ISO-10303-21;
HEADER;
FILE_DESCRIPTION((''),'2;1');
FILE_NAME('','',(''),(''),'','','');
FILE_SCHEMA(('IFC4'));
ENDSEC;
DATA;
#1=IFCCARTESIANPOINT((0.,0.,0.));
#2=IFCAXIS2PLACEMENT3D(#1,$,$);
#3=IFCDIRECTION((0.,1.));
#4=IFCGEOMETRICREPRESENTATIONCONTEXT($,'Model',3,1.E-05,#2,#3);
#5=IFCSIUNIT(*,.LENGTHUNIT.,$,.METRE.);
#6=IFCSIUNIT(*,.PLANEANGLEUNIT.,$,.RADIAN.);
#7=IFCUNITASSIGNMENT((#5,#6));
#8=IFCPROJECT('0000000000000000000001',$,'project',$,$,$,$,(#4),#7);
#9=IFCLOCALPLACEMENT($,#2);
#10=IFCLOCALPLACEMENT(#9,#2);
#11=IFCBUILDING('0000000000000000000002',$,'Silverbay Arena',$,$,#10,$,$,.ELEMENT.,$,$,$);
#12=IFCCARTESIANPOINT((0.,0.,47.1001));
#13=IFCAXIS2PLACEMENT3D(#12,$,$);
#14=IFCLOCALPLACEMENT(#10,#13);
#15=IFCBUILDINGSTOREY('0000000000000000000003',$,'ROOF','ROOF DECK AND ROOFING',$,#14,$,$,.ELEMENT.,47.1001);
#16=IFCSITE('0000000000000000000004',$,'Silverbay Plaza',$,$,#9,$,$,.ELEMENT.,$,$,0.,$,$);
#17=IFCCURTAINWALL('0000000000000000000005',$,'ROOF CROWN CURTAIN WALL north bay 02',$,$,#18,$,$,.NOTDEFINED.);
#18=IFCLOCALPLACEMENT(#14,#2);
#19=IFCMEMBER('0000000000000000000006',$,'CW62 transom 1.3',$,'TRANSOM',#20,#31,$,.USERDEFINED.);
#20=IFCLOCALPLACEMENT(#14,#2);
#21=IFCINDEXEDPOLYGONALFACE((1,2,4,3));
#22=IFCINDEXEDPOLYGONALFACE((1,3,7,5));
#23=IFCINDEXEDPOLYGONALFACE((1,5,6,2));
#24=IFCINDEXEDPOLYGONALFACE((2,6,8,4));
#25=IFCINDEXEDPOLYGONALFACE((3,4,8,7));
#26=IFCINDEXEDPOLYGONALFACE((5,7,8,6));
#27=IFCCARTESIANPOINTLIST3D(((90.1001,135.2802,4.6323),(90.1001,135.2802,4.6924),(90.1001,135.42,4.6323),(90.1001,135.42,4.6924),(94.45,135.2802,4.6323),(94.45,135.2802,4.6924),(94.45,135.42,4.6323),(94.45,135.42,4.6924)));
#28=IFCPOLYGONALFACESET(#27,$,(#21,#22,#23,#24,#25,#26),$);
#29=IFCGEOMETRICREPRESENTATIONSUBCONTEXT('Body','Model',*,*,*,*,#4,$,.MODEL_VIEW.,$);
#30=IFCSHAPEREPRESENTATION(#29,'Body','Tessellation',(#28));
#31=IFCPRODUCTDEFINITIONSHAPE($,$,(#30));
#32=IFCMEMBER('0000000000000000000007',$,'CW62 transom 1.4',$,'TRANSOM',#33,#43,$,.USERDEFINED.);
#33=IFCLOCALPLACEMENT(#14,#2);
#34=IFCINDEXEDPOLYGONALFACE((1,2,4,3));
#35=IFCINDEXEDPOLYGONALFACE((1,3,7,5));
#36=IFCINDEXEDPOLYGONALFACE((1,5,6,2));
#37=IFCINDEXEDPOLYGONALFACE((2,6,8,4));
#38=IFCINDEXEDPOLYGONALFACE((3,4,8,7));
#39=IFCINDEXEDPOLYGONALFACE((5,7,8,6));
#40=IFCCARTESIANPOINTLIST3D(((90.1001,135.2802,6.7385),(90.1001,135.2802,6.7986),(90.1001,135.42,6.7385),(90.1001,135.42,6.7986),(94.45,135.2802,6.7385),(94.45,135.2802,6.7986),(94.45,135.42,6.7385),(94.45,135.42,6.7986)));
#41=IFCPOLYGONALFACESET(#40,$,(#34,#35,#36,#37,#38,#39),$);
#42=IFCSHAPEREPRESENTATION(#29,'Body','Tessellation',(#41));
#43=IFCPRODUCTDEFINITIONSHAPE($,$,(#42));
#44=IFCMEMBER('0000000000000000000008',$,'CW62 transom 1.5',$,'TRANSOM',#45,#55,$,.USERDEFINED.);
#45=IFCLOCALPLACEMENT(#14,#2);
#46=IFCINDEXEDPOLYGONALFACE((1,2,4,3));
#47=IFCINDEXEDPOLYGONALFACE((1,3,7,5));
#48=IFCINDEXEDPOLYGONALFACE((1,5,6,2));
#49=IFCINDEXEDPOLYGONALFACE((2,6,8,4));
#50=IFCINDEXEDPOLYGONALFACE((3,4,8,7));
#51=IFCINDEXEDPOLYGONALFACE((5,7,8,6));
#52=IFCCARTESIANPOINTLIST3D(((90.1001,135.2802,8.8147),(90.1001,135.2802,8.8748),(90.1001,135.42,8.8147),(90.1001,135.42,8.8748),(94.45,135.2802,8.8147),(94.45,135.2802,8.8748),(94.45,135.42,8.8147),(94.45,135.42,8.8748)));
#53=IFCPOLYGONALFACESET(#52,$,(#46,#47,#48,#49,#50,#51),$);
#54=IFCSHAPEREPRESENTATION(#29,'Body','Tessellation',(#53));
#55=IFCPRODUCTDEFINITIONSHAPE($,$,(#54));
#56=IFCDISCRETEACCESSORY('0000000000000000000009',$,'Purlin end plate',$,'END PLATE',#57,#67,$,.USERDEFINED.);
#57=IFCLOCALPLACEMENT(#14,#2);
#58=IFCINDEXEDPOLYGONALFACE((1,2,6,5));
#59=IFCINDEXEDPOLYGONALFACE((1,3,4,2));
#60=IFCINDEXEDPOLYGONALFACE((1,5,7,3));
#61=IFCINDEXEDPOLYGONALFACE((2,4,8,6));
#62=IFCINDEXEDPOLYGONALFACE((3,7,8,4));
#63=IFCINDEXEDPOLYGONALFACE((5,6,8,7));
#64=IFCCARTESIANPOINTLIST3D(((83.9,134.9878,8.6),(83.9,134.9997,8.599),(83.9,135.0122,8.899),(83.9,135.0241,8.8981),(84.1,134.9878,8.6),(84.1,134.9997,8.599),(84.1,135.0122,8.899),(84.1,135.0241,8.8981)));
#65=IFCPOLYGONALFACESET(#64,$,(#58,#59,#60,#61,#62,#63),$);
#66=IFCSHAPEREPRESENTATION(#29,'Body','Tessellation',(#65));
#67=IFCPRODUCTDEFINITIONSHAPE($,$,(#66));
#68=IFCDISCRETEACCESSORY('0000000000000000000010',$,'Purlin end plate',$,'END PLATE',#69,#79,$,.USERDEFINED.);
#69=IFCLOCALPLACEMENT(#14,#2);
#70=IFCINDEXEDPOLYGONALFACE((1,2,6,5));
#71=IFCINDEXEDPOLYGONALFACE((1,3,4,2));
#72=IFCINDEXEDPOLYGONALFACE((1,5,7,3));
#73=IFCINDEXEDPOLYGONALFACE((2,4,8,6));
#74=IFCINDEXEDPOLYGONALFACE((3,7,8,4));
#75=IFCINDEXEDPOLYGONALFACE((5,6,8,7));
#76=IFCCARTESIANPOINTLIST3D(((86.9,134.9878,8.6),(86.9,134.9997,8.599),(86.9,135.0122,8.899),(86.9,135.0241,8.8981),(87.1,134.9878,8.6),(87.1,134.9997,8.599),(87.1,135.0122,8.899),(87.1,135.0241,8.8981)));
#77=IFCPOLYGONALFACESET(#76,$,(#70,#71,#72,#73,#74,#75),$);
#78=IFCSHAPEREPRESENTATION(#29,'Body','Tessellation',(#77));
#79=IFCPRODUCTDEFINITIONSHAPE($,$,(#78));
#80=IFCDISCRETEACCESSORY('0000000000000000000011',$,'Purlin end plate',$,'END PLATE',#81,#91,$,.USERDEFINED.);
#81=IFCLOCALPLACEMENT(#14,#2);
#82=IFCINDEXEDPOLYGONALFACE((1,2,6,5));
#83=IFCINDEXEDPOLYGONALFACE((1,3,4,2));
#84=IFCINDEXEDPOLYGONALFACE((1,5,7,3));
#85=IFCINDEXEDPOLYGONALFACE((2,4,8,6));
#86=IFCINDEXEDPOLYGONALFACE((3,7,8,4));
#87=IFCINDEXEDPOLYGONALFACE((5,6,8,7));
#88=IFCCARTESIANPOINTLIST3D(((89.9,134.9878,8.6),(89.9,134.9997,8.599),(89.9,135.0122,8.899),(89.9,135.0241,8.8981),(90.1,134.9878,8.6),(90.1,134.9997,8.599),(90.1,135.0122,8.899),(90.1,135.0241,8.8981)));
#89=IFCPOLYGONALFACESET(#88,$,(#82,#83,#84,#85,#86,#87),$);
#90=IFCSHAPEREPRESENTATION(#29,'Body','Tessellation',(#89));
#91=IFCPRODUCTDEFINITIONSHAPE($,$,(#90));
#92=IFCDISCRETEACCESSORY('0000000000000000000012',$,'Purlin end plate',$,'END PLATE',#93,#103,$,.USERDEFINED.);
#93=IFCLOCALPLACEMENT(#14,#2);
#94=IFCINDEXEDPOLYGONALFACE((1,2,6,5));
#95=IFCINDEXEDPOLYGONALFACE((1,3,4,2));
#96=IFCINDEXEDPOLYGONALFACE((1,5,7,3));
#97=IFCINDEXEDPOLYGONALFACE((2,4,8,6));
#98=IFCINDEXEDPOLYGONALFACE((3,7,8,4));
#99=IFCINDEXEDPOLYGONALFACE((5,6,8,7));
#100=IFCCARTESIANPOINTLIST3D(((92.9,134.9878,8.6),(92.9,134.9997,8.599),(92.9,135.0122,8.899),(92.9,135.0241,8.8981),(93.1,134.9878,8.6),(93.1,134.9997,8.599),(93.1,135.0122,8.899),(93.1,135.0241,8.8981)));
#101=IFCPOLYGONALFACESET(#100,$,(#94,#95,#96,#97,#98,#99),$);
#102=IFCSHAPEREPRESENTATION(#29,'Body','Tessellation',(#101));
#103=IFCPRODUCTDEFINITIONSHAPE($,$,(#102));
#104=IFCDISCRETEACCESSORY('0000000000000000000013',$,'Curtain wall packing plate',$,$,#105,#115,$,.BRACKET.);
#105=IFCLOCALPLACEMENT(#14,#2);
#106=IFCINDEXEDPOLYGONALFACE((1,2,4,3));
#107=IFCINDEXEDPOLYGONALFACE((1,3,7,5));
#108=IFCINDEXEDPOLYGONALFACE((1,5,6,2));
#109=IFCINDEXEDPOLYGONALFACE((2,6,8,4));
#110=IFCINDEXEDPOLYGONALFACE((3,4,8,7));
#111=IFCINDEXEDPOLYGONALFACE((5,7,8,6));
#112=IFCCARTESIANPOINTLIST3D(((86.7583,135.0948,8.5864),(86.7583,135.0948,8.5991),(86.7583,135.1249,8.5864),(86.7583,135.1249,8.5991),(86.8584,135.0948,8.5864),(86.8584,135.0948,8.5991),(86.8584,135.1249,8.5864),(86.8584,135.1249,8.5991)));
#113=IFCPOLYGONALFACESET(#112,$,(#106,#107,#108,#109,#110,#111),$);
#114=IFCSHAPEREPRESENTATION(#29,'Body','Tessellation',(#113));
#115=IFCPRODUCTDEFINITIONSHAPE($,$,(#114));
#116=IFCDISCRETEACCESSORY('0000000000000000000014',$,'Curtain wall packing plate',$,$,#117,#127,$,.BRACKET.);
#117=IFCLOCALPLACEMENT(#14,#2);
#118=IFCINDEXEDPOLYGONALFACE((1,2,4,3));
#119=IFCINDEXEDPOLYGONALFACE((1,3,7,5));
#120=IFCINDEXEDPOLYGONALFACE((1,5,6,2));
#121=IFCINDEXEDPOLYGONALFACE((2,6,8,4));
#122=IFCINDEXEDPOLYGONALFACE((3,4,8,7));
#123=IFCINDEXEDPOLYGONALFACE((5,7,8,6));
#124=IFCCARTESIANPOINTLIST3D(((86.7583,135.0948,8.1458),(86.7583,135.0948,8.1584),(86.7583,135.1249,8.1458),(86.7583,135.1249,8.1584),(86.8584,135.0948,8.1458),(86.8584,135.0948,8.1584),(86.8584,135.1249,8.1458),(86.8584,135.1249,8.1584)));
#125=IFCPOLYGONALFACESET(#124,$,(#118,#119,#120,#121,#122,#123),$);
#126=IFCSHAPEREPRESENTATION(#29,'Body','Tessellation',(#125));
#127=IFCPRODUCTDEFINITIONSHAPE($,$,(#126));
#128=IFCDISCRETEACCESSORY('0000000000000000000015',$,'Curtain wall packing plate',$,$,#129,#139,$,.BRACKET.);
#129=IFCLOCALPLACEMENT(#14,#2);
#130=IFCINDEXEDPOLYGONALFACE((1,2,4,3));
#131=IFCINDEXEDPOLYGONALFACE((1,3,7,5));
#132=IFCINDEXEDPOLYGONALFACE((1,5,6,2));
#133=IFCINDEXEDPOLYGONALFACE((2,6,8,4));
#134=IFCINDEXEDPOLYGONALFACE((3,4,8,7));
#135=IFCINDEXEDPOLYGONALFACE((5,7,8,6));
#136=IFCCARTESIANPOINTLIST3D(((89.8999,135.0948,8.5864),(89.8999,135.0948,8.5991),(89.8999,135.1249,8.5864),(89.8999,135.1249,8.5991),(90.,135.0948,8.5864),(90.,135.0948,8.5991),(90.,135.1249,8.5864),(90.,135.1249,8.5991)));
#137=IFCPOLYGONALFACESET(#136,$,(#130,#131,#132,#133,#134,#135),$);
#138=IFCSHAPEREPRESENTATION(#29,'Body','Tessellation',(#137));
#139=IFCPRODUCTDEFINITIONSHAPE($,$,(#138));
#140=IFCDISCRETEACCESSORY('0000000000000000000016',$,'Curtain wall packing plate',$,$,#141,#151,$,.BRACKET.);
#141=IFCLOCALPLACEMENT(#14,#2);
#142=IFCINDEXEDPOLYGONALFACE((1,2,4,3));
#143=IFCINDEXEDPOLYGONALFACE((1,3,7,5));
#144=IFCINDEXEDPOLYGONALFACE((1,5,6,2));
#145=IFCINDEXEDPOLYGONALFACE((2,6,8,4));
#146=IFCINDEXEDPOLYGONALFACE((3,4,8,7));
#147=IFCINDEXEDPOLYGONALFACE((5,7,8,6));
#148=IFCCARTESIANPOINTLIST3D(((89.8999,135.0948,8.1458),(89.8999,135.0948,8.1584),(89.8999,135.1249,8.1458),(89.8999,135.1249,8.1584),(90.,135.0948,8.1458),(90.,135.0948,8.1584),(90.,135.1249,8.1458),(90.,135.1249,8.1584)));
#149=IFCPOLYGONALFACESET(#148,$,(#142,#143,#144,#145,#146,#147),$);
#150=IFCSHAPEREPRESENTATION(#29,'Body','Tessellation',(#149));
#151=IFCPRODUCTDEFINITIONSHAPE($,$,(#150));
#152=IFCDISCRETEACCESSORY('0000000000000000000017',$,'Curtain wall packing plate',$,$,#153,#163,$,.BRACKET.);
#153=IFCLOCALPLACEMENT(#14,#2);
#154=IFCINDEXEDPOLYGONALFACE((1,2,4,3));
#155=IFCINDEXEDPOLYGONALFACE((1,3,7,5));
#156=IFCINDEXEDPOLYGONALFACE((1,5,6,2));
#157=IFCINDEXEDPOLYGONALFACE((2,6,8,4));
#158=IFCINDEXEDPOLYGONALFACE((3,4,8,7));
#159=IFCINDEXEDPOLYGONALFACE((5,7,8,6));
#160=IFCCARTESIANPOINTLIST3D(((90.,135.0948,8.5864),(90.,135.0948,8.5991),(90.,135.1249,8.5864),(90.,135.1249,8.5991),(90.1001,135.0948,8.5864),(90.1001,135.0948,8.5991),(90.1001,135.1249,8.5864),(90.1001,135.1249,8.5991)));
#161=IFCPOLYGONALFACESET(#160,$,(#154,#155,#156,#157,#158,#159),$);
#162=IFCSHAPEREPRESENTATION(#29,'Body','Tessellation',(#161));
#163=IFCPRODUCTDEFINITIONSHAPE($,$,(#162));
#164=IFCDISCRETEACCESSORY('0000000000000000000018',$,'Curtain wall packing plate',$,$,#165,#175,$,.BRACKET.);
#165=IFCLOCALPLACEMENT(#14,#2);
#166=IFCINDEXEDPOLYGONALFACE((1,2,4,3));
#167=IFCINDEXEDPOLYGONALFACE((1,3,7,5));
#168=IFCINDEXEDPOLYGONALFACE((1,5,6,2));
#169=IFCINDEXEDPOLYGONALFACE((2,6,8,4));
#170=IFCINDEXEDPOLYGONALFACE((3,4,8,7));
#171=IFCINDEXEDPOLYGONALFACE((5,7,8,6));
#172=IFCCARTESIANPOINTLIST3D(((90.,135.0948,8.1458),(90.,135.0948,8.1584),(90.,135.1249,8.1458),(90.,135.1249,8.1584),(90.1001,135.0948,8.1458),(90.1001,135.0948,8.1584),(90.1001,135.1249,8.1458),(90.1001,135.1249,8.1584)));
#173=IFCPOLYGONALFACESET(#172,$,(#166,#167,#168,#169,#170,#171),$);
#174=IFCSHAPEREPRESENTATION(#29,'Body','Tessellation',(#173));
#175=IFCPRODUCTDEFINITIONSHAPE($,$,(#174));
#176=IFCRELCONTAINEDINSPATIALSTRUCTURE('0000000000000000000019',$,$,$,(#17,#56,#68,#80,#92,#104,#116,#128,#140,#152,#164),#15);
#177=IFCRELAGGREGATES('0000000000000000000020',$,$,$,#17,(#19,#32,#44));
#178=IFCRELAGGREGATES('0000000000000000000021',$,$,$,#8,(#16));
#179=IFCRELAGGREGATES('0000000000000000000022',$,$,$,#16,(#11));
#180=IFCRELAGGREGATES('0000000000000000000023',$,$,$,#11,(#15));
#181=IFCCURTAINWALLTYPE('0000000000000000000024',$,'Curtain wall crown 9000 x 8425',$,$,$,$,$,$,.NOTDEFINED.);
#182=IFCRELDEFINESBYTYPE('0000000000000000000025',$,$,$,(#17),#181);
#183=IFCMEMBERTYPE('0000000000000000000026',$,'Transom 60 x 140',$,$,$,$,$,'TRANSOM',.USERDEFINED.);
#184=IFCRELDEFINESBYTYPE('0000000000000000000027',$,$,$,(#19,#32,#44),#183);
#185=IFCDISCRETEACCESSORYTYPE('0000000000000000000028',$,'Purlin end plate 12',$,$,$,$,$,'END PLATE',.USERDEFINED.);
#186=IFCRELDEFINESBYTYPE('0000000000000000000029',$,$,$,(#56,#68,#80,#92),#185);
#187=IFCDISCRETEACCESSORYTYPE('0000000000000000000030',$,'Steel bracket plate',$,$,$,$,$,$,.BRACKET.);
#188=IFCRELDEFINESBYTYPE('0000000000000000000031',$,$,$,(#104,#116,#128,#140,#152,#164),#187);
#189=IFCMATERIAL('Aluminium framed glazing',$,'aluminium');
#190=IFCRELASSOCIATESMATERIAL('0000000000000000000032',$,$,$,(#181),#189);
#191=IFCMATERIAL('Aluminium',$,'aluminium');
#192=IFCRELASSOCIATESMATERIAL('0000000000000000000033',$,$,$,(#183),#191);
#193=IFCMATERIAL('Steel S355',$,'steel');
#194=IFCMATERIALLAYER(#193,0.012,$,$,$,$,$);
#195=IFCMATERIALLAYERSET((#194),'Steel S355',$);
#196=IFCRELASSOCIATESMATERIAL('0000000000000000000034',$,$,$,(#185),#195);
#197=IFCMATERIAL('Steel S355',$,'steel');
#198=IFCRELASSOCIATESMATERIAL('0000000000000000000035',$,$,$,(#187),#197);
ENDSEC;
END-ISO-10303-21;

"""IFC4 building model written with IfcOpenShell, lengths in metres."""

from ifc_helpers import new_model, si_unit, direction, frame, origin, origin_2d, place, context, subcontext, project, spatial, rectangle, extrude, material, layer, layer_set, material_profile, profile_set, type_object, element, aggregate, save


model = new_model("IFC4")

# Units and contexts
model_context = context("Model", 3, precision=1e-05, world=origin(), true_north=direction((0.0, 1.0)))
body_context = subcontext(model_context, "Body", "Model", "MODEL_VIEW")
ifc_project = project(units=[si_unit("LENGTHUNIT", "METRE"), si_unit("PLANEANGLEUNIT", "RADIAN")], contexts=[model_context])

# Site, building, storey
site_placement = place(None, origin())
site = spatial("IfcSite", under=ifc_project, at=site_placement, Name="Silverbay Plaza", CompositionType="ELEMENT", RefElevation=0.0)
building_placement = place(site_placement, origin())
building = spatial("IfcBuilding", under=site, at=building_placement, Name="Silverbay Arena", CompositionType="ELEMENT")
storey_placement = place(building_placement, frame((0.0, 0.0, 47.1001)))
storey = spatial("IfcBuildingStorey", under=building, at=storey_placement, Name="ROOF", Description="ROOF DECK AND ROOFING", CompositionType="ELEMENT", Elevation=47.1001)

# Shared definitions
placement = place(building_placement, frame((0.0, 0.0, 33.5)))

# Curtain wall
ifc_material_1 = material(Name="Aluminium framed glazing", Category="aluminium")
curtain_wall_type_1 = type_object("IfcCurtainWallType", Name="Curtain wall crown 9000 x 8425", PredefinedType="NOTDEFINED", material=ifc_material_1)
curtain_wall_1_placement = place(storey_placement, origin())
curtain_wall_1 = element("IfcCurtainWall", 1, at=curtain_wall_1_placement, inside=storey, type_object=curtain_wall_type_1, Name="ROOF CROWN CURTAIN WALL north bay 02", PredefinedType="NOTDEFINED")

# Members
ifc_material_2 = material(Name="Aluminium", Category="aluminium")
ifc_material_profile_1 = material_profile(ifc_material_2, rectangle(XDim=0.1399, YDim=0.0601, at=origin_2d()), Name="Transom 60 x 140")
ifc_profile_set_1 = profile_set([ifc_material_profile_1], Name="Aluminium")
member_type_1 = type_object("IfcMemberType", Name="Transom 60 x 140", ElementType="TRANSOM", PredefinedType="USERDEFINED", material=ifc_profile_set_1)
member_1_placement = place(placement, frame((90.1001, 135.3501, 18.2625), z_axis=(1.0, 0.0, 0.0), x_axis=(0.0, 1.0, 0.0)))
member_1 = element("IfcMember", 2, at=member_1_placement, type_object=member_type_1, Name="CW62 transom 1.3", ObjectType="TRANSOM", PredefinedType="USERDEFINED", context=body_context, shape_type="SweptSolid", body=[
    extrude(rectangle(XDim=0.1399, YDim=0.0601, at=origin_2d()), origin(), (0.0, 0.0, 1.0), 4.3499),
])
member_2_placement = place(placement, frame((90.1001, 135.3501, 20.3687), z_axis=(1.0, 0.0, 0.0), x_axis=(0.0, 1.0, 0.0)))
member_2 = element("IfcMember", 3, at=member_2_placement, type_object=member_type_1, Name="CW62 transom 1.4", ObjectType="TRANSOM", PredefinedType="USERDEFINED", context=body_context, shape_type="SweptSolid", body=[
    extrude(rectangle(XDim=0.1399, YDim=0.0601, at=origin_2d()), origin(), (0.0, 0.0, 1.0), 4.3499),
])
member_3_placement = place(placement, frame((90.1001, 135.3501, 22.4448), z_axis=(1.0, 0.0, 0.0), x_axis=(0.0, 1.0, 0.0)))
member_3 = element("IfcMember", 4, at=member_3_placement, type_object=member_type_1, Name="CW62 transom 1.5", ObjectType="TRANSOM", PredefinedType="USERDEFINED", context=body_context, shape_type="SweptSolid", body=[
    extrude(rectangle(XDim=0.1399, YDim=0.0601, at=origin_2d()), origin(), (0.0, 0.0, 1.0), 4.3499),
])

aggregate(curtain_wall_1, [member_1, member_2, member_3])

# Discrete accessories
ifc_material_3 = material(Name="Steel S355", Category="steel")
ifc_layer_1 = layer(ifc_material_3, 0.012)
ifc_layer_set_1 = layer_set([ifc_layer_1], Name="Steel S355")
discrete_accessory_type_1 = type_object("IfcDiscreteAccessoryType", Name="Purlin end plate 12", ElementType="END PLATE", PredefinedType="USERDEFINED", material=ifc_layer_set_1)
for number, where, z_axis, x_axis, name in (
    (5, (84.0, 135.0, 8.7495), (0.0, 0.996685, -0.081362), (-1.0, 0.0, 0.0), "Purlin end plate"),
    (6, (87.0, 135.0, 8.7495), (0.0, 0.996685, -0.081362), (-1.0, 0.0, 0.0), "Purlin end plate"),
    (7, (90.0, 135.0, 8.7495), (0.0, 0.996685, -0.081362), (-1.0, 0.0, 0.0), "Purlin end plate"),
    (8, (93.0, 135.0, 8.7495), (0.0, 0.996685, -0.081362), (-1.0, 0.0, 0.0), "Purlin end plate"),
):
    element("IfcDiscreteAccessory", number, at=place(storey_placement, frame(where, z_axis=z_axis, x_axis=x_axis)), inside=storey, type_object=discrete_accessory_type_1, Name=name, ObjectType="END PLATE", PredefinedType="USERDEFINED", context=body_context, shape_type="SweptSolid", body=[
        extrude(rectangle(XDim=0.2, YDim=0.3, at=origin_2d()), origin(), (0.0, 0.0, 1.0), 0.012),
    ])
ifc_material_4 = material(Name="Steel S355", Category="steel")
discrete_accessory_type_2 = type_object("IfcDiscreteAccessoryType", Name="Steel bracket plate", PredefinedType="BRACKET", material=ifc_material_4)
for number, where, z_axis, x_axis, name in (
    (9, (86.8083, 135.1099, 8.5864), (0.0, 0.0, 1.0), (1.0, 0.0, 0.0), "Curtain wall packing plate"),
    (10, (86.8083, 135.1099, 8.1458), (0.0, 0.0, 1.0), (1.0, 0.0, 0.0), "Curtain wall packing plate"),
    (11, (89.95, 135.1099, 8.5864), (0.0, 0.0, 1.0), (1.0, 0.0, 0.0), "Curtain wall packing plate"),
    (12, (89.95, 135.1099, 8.1458), (0.0, 0.0, 1.0), (1.0, 0.0, 0.0), "Curtain wall packing plate"),
    (13, (90.05, 135.1099, 8.5864), (0.0, 0.0, 1.0), (1.0, 0.0, 0.0), "Curtain wall packing plate"),
    (14, (90.05, 135.1099, 8.1458), (0.0, 0.0, 1.0), (1.0, 0.0, 0.0), "Curtain wall packing plate"),
):
    element("IfcDiscreteAccessory", number, at=place(storey_placement, frame(where, z_axis=z_axis, x_axis=x_axis)), inside=storey, type_object=discrete_accessory_type_2, Name=name, PredefinedType="BRACKET", context=body_context, shape_type="SweptSolid", body=[
        extrude(rectangle(XDim=0.1001, YDim=0.03, at=origin_2d()), origin(), (0.0, 0.0, 1.0), 0.0127),
    ])

save(model, "model.ifc")
